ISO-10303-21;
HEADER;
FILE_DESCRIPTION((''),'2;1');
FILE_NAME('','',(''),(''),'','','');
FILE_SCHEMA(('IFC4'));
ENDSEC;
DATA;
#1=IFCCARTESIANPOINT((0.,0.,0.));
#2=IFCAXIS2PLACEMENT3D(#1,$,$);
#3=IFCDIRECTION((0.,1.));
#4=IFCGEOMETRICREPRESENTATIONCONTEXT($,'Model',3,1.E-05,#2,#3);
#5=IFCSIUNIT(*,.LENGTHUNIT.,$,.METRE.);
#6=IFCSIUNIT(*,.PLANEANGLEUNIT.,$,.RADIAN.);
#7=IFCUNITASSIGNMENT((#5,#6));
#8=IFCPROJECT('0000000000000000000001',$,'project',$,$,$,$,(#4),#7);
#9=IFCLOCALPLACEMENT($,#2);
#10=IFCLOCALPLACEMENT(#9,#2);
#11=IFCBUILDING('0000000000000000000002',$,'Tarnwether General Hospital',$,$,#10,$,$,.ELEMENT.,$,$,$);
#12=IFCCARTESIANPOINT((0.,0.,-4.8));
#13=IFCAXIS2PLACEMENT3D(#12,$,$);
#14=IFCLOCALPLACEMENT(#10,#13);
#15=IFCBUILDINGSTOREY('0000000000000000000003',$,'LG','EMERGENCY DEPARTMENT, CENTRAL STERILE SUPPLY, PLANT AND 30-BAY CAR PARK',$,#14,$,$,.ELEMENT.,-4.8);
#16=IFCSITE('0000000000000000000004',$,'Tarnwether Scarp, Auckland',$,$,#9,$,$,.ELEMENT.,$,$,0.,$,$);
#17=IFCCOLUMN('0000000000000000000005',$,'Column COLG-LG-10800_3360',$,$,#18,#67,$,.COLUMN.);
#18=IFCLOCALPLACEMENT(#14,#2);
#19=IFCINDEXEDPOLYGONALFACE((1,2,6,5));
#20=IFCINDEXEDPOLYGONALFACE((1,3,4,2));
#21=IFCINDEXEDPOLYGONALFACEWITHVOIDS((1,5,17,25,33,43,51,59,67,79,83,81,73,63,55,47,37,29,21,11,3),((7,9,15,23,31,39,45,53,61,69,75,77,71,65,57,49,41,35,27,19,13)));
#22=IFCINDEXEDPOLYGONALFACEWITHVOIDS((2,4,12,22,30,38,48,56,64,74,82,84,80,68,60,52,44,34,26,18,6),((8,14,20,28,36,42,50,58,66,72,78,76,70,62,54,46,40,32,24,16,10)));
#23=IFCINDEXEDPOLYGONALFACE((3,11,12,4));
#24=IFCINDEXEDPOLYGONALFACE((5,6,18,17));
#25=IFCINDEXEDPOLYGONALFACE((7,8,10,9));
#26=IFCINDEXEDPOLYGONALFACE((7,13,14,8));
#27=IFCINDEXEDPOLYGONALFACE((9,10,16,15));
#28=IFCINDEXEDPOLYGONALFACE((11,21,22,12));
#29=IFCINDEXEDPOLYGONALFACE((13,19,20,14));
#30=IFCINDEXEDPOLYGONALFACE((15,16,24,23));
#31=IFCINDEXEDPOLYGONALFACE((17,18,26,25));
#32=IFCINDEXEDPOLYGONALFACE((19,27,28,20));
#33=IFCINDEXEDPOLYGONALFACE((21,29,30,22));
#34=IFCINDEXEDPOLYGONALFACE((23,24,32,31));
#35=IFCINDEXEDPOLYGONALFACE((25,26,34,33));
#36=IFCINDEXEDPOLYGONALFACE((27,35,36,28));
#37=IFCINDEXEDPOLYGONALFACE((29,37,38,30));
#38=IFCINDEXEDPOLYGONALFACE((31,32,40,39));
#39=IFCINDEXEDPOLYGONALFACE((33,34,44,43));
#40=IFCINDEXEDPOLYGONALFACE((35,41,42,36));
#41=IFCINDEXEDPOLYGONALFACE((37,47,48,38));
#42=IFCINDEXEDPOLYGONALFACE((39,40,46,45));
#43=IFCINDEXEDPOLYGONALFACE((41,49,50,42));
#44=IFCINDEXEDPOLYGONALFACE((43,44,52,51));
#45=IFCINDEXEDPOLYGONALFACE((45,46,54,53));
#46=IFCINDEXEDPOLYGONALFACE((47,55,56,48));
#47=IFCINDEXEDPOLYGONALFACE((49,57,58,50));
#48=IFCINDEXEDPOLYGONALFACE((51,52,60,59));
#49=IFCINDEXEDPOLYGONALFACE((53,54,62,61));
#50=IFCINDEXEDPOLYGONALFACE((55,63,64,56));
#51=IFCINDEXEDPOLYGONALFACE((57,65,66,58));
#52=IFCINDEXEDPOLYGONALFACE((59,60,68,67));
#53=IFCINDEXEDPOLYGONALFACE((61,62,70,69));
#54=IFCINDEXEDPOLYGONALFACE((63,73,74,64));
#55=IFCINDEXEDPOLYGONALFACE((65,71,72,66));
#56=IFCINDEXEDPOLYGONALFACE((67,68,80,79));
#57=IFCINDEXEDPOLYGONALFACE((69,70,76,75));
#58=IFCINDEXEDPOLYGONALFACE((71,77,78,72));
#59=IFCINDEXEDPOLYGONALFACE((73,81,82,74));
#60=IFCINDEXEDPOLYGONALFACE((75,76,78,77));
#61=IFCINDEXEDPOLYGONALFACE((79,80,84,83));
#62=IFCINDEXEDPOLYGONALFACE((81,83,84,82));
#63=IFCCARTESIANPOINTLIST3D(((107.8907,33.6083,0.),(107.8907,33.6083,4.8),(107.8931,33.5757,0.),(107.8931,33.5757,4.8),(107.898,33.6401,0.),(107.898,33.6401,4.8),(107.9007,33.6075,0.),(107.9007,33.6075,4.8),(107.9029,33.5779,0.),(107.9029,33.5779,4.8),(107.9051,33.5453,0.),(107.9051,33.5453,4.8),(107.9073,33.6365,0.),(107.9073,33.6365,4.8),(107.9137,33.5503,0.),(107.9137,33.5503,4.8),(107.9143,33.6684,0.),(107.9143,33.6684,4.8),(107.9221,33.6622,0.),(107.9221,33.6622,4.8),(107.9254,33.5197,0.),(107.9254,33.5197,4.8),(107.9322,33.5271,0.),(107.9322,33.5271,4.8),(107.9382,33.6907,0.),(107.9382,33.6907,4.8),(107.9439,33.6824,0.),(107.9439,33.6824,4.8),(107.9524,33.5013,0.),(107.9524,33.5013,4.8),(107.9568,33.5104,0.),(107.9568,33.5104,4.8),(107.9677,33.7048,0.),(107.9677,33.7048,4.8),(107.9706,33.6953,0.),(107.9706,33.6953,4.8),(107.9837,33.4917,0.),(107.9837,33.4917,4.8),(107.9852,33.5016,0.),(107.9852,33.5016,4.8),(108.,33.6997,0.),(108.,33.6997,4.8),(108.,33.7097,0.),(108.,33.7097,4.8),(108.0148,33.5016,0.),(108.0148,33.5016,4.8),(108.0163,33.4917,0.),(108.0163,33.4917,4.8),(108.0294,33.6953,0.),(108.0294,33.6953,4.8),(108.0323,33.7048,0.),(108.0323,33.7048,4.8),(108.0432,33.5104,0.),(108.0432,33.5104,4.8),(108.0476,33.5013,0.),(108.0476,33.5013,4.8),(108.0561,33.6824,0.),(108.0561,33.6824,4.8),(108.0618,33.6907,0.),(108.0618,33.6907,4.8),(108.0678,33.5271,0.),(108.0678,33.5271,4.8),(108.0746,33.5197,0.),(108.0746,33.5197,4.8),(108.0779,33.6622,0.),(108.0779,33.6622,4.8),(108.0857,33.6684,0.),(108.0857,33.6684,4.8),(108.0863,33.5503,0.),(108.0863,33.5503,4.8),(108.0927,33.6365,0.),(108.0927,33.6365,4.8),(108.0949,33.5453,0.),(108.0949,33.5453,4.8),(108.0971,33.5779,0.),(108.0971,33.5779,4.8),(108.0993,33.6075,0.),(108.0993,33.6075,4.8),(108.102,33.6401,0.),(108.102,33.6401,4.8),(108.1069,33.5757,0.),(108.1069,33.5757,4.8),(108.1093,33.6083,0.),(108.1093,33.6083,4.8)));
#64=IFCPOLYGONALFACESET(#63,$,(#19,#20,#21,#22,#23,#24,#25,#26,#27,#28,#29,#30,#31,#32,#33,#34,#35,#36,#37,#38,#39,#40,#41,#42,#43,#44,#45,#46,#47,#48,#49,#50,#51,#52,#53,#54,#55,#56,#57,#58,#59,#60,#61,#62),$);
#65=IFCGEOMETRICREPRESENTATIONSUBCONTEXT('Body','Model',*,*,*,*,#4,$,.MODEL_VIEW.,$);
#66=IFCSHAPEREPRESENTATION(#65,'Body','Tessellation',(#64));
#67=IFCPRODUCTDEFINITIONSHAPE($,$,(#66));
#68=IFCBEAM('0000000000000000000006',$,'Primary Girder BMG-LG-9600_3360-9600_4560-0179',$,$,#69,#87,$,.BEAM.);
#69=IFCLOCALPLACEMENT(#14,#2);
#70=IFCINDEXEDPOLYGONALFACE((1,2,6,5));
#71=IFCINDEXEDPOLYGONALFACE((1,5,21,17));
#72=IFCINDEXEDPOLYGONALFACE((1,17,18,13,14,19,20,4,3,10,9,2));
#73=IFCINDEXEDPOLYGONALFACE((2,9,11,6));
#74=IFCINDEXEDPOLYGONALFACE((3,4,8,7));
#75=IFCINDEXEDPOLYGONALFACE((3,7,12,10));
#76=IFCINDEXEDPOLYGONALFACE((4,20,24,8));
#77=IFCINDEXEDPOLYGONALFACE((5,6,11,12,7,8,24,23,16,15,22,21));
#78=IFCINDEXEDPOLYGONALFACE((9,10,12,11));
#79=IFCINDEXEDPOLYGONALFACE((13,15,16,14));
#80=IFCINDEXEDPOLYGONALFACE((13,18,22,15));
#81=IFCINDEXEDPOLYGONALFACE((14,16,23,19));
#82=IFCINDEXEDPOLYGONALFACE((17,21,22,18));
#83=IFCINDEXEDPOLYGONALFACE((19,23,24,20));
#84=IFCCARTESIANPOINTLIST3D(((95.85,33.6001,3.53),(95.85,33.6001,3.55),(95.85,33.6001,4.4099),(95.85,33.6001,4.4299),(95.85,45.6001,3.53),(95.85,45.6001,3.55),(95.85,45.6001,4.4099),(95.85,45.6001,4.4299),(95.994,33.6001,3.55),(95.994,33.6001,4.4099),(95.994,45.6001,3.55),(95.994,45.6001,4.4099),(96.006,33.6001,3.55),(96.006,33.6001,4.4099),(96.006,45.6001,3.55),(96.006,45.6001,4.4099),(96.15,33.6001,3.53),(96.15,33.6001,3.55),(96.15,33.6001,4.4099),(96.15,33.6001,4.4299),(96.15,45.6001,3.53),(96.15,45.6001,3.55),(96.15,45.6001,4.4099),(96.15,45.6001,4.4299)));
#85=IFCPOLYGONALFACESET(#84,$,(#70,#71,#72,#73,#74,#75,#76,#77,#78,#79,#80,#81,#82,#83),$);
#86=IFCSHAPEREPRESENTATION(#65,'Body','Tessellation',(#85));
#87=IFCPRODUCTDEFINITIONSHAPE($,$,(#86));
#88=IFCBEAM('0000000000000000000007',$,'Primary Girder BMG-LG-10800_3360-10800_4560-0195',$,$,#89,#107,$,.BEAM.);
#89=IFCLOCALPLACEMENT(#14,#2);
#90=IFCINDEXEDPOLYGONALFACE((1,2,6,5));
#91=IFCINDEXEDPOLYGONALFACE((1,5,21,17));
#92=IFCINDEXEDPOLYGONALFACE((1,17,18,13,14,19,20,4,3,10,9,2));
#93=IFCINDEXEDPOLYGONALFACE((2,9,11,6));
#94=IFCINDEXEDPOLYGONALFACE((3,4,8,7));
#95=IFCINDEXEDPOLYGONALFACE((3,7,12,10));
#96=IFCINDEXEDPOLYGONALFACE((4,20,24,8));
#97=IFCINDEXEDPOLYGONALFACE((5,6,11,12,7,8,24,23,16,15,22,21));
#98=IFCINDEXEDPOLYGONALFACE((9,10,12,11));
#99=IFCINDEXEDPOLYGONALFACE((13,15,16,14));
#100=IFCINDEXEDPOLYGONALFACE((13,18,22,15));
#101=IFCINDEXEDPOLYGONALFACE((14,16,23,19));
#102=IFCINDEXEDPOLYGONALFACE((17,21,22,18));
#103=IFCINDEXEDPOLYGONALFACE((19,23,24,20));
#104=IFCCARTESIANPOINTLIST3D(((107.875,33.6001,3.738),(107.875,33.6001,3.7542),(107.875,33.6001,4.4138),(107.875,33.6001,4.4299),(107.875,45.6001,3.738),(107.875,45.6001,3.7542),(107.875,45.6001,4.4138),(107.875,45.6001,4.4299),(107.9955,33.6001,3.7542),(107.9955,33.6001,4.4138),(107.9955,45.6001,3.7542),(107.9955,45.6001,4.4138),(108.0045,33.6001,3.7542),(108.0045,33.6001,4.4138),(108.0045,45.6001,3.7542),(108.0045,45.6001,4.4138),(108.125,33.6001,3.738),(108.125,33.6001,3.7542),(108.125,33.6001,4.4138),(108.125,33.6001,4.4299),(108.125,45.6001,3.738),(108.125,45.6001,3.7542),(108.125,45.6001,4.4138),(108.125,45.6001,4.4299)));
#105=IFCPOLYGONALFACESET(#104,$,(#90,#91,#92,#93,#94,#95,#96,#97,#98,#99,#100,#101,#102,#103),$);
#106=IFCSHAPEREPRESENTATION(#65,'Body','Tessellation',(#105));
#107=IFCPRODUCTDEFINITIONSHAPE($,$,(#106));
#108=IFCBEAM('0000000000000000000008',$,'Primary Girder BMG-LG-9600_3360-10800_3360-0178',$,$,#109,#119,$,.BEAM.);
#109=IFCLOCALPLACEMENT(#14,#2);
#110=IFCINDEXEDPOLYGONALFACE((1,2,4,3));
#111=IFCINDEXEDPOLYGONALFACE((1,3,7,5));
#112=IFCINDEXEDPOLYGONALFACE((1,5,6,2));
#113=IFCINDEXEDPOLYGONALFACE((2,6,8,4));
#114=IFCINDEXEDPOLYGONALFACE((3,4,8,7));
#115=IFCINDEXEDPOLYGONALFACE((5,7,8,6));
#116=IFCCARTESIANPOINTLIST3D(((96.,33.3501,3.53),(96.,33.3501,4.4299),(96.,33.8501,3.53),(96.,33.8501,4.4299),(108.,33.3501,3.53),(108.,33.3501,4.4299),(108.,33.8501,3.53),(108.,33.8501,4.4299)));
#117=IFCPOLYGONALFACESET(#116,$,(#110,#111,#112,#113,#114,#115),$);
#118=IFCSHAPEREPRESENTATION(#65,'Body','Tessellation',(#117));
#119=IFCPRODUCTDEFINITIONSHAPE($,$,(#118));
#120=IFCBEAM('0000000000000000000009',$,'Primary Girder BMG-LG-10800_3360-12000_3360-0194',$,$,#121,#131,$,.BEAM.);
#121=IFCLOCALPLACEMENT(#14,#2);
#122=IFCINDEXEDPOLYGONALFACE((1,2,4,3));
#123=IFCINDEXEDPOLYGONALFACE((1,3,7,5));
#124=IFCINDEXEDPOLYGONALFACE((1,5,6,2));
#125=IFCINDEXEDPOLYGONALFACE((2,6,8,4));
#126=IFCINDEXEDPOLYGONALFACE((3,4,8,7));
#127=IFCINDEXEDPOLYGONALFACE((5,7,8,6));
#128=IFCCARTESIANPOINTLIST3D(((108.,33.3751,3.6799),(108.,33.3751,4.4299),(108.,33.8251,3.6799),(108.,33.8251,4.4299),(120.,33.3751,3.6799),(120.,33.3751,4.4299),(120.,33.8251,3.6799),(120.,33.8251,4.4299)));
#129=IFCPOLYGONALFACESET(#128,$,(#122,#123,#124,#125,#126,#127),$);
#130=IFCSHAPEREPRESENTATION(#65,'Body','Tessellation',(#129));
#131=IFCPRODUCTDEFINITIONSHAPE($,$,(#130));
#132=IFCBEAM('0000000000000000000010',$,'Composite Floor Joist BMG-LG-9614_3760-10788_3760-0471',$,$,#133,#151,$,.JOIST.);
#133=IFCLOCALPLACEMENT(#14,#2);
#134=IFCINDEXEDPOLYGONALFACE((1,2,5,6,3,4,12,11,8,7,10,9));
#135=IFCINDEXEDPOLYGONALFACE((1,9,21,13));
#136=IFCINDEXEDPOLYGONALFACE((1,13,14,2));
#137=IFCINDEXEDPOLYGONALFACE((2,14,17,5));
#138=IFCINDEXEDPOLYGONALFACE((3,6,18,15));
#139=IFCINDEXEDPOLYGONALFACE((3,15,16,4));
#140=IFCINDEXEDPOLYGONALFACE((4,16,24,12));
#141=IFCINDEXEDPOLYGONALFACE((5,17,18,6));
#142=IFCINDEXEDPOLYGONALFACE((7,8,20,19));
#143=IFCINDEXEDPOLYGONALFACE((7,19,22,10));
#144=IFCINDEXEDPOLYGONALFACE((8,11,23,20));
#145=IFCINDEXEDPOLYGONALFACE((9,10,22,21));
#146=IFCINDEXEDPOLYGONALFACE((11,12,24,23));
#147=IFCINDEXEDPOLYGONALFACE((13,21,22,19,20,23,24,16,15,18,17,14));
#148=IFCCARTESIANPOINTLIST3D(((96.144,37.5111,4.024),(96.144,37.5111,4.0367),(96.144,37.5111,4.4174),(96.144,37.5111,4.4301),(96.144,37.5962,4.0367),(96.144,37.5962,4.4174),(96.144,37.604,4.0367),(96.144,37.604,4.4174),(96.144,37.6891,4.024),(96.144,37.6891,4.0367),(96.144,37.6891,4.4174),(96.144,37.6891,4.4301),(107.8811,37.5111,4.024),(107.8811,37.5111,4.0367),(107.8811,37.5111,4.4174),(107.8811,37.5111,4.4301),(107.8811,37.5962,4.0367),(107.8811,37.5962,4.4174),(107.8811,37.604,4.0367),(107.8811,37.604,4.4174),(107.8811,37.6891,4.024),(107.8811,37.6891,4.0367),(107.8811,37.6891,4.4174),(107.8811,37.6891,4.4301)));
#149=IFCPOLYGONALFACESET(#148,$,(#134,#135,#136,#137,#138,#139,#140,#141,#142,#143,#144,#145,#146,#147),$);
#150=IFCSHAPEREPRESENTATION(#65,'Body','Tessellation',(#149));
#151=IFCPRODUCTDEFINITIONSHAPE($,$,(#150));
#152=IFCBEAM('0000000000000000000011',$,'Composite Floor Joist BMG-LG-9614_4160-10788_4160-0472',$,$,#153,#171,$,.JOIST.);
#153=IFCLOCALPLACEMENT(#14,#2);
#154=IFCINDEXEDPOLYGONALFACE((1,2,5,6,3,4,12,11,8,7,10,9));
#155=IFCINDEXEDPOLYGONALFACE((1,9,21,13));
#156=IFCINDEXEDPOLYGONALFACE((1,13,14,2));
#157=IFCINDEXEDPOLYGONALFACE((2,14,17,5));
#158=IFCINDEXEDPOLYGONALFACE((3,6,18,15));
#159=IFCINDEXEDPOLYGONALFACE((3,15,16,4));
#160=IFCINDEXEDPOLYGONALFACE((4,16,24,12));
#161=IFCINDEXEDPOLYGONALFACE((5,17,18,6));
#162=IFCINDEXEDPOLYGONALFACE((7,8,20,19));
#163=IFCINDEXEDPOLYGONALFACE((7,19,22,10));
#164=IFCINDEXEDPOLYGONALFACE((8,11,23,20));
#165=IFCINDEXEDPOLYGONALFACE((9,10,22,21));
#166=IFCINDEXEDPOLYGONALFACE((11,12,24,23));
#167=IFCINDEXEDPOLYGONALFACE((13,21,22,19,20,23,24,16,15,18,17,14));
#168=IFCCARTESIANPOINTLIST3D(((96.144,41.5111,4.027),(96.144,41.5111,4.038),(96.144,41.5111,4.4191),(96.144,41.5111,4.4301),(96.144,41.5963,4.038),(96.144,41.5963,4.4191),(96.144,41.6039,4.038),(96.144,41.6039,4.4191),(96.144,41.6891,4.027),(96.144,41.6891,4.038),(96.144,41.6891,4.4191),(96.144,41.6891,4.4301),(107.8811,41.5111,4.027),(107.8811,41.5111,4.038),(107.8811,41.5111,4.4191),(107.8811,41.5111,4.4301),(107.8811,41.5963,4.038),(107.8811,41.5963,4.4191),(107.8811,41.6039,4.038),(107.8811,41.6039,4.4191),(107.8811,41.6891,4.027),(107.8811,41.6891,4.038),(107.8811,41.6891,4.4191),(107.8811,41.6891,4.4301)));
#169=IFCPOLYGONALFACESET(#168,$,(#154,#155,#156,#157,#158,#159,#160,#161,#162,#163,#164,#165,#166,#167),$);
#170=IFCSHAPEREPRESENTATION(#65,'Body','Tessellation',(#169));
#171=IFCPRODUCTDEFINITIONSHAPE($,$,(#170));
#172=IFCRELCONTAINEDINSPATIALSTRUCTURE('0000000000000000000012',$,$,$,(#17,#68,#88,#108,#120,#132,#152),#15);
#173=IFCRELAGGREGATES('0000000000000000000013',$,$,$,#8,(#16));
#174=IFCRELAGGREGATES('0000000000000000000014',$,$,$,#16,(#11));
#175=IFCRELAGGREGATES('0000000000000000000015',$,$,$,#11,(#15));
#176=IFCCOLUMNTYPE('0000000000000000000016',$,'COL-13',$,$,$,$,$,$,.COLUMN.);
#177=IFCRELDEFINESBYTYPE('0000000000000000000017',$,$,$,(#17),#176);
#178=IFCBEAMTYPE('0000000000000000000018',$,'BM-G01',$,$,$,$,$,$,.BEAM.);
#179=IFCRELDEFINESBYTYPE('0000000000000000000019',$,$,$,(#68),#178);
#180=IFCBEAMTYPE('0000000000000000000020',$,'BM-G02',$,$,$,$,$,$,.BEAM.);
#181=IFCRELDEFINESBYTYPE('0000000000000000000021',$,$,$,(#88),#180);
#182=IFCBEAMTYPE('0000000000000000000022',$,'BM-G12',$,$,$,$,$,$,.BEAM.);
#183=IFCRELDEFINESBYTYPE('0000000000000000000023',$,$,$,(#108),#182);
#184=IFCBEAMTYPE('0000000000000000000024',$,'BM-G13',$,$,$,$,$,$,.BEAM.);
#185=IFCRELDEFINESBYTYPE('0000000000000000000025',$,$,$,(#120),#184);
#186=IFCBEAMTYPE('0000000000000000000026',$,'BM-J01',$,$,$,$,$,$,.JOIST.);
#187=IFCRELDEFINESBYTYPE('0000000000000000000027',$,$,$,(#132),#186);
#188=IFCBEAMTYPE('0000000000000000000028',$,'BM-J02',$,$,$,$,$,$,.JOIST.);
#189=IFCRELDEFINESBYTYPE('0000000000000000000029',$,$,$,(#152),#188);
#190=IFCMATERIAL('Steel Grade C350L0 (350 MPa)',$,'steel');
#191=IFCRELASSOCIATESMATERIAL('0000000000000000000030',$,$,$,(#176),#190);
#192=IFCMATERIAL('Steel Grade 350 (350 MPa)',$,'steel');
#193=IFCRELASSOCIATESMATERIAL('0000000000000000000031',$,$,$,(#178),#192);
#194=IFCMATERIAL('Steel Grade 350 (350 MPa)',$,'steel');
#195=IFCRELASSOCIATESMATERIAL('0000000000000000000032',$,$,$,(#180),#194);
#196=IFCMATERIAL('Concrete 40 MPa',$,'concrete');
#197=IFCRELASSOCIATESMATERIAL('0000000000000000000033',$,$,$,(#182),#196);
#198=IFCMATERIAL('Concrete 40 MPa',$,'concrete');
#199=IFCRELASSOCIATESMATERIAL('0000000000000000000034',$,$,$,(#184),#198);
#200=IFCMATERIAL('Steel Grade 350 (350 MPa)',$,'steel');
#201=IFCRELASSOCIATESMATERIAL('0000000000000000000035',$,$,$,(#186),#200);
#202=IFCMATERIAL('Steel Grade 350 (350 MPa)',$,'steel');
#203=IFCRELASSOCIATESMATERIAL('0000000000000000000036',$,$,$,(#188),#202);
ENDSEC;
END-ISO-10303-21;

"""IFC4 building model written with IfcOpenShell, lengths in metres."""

from ifc_helpers import new_model, si_unit, direction, frame, origin, origin_2d, place, context, subcontext, project, spatial, rectangle, hollow_circle, i_section, extrude, material, material_profile, profile_set, type_object, element, save


model = new_model("IFC4")

# Units and contexts
model_context = context("Model", 3, precision=1e-05, world=origin(), true_north=direction((0.0, 1.0)))
body_context = subcontext(model_context, "Body", "Model", "MODEL_VIEW")
ifc_project = project(units=[si_unit("LENGTHUNIT", "METRE"), si_unit("PLANEANGLEUNIT", "RADIAN")], contexts=[model_context])

# Site, building, storey
site_placement = place(None, origin())
site = spatial("IfcSite", under=ifc_project, at=site_placement, Name="Tarnwether Scarp, Auckland", CompositionType="ELEMENT", RefElevation=0.0)
building_placement = place(site_placement, origin())
building = spatial("IfcBuilding", under=site, at=building_placement, Name="Tarnwether General Hospital", CompositionType="ELEMENT")
storey_placement = place(building_placement, frame((0.0, 0.0, -4.8)))
storey = spatial("IfcBuildingStorey", under=building, at=storey_placement, Name="LG", Description="EMERGENCY DEPARTMENT, CENTRAL STERILE SUPPLY, PLANT AND 30-BAY CAR PARK", CompositionType="ELEMENT", Elevation=-4.8)

# Column
ifc_material_1 = material(Name="Steel Grade C350L0 (350 MPa)", Category="steel")
ifc_material_profile_1 = material_profile(ifc_material_1, hollow_circle(Radius=0.1096, WallThickness=0.01, at=origin_2d()), Name="CHS219.1x10.0")
ifc_profile_set_1 = profile_set([ifc_material_profile_1], Name="Steel Grade C350L0 (350 MPa)")
column_type_1 = type_object("IfcColumnType", Name="COL-13", PredefinedType="COLUMN", material=ifc_profile_set_1)
column_1_placement = place(storey_placement, frame((108.0, 33.6001, 0.0), z_axis=(0.0, 0.0, 1.0), x_axis=(0.0, 1.0, 0.0)))
element("IfcColumn", 1, at=column_1_placement, inside=storey, type_object=column_type_1, Name="Column COLG-LG-10800_3360", PredefinedType="COLUMN", context=body_context, shape_type="SweptSolid", body=[
    extrude(hollow_circle(Radius=0.1096, WallThickness=0.01, at=origin_2d()), origin(), (0.0, 0.0, 1.0), 4.8),
])

# Beams
ifc_material_2 = material(Name="Steel Grade 350 (350 MPa)", Category="steel")
ifc_material_profile_2 = material_profile(ifc_material_2, i_section(OverallWidth=0.3, OverallDepth=0.8999, WebThickness=0.012, FlangeThickness=0.02, at=origin_2d()), Name="900WB175")
ifc_profile_set_2 = profile_set([ifc_material_profile_2], Name="Steel Grade 350 (350 MPa)")
beam_type_1 = type_object("IfcBeamType", Name="BM-G01", PredefinedType="BEAM", material=ifc_profile_set_2)
beam_1_placement = place(storey_placement, frame((96.0, 33.6001, 3.98), z_axis=(0.0, 1.0, 0.0), x_axis=(-1.0, 0.0, 0.0)))
element("IfcBeam", 2, at=beam_1_placement, inside=storey, type_object=beam_type_1, Name="Primary Girder BMG-LG-9600_3360-9600_4560-0179", PredefinedType="BEAM", context=body_context, shape_type="SweptSolid", body=[
    extrude(i_section(OverallWidth=0.3, OverallDepth=0.8999, WebThickness=0.012, FlangeThickness=0.02, at=origin_2d()), origin(), (0.0, 0.0, 1.0), 12.0),
])
ifc_material_3 = material(Name="Steel Grade 350 (350 MPa)", Category="steel")
ifc_material_profile_3 = material_profile(ifc_material_3, i_section(OverallWidth=0.25, OverallDepth=0.6919, WebThickness=0.009, FlangeThickness=0.0161, at=origin_2d()), Name="700WB115")
ifc_profile_set_3 = profile_set([ifc_material_profile_3], Name="Steel Grade 350 (350 MPa)")
beam_type_2 = type_object("IfcBeamType", Name="BM-G02", PredefinedType="BEAM", material=ifc_profile_set_3)
beam_2_placement = place(storey_placement, frame((108.0, 33.6001, 4.084), z_axis=(0.0, 1.0, 0.0), x_axis=(-1.0, 0.0, 0.0)))
element("IfcBeam", 3, at=beam_2_placement, inside=storey, type_object=beam_type_2, Name="Primary Girder BMG-LG-10800_3360-10800_4560-0195", PredefinedType="BEAM", context=body_context, shape_type="SweptSolid", body=[
    extrude(i_section(OverallWidth=0.25, OverallDepth=0.6919, WebThickness=0.009, FlangeThickness=0.0161, at=origin_2d()), origin(), (0.0, 0.0, 1.0), 12.0),
])
ifc_material_4 = material(Name="Concrete 40 MPa", Category="concrete")
ifc_material_profile_4 = material_profile(ifc_material_4, rectangle(XDim=0.5, YDim=0.8999, at=origin_2d()), Name="RC-BM-500x900")
ifc_profile_set_4 = profile_set([ifc_material_profile_4], Name="Concrete 40 MPa")
beam_type_3 = type_object("IfcBeamType", Name="BM-G12", PredefinedType="BEAM", material=ifc_profile_set_4)
beam_3_placement = place(storey_placement, frame((96.0, 33.6001, 3.98), z_axis=(1.0, 0.0, 0.0), x_axis=(0.0, 1.0, 0.0)))
element("IfcBeam", 4, at=beam_3_placement, inside=storey, type_object=beam_type_3, Name="Primary Girder BMG-LG-9600_3360-10800_3360-0178", PredefinedType="BEAM", context=body_context, shape_type="SweptSolid", body=[
    extrude(rectangle(XDim=0.5, YDim=0.8999, at=origin_2d()), origin(), (0.0, 0.0, 1.0), 12.0),
])
ifc_material_5 = material(Name="Concrete 40 MPa", Category="concrete")
ifc_material_profile_5 = material_profile(ifc_material_5, rectangle(XDim=0.45, YDim=0.75, at=origin_2d()), Name="RC-BM-450x750")
ifc_profile_set_5 = profile_set([ifc_material_profile_5], Name="Concrete 40 MPa")
beam_type_4 = type_object("IfcBeamType", Name="BM-G13", PredefinedType="BEAM", material=ifc_profile_set_5)
beam_4_placement = place(storey_placement, frame((108.0, 33.6001, 4.0549), z_axis=(1.0, 0.0, 0.0), x_axis=(0.0, 1.0, 0.0)))
element("IfcBeam", 5, at=beam_4_placement, inside=storey, type_object=beam_type_4, Name="Primary Girder BMG-LG-10800_3360-12000_3360-0194", PredefinedType="BEAM", context=body_context, shape_type="SweptSolid", body=[
    extrude(rectangle(XDim=0.45, YDim=0.75, at=origin_2d()), origin(), (0.0, 0.0, 1.0), 12.0),
])
ifc_material_6 = material(Name="Steel Grade 350 (350 MPa)", Category="steel")
ifc_material_profile_6 = material_profile(ifc_material_6, i_section(OverallWidth=0.178, OverallDepth=0.406, WebThickness=0.0078, FlangeThickness=0.0127, at=origin_2d()), Name="410UB59.7")
ifc_profile_set_6 = profile_set([ifc_material_profile_6], Name="Steel Grade 350 (350 MPa)")
beam_type_5 = type_object("IfcBeamType", Name="BM-J01", PredefinedType="JOIST", material=ifc_profile_set_6)
beam_5_placement = place(storey_placement, frame((96.144, 37.6001, 4.2271), z_axis=(1.0, 0.0, 0.0), x_axis=(0.0, 1.0, 0.0)))
element("IfcBeam", 6, at=beam_5_placement, inside=storey, type_object=beam_type_5, Name="Composite Floor Joist BMG-LG-9614_3760-10788_3760-0471", PredefinedType="JOIST", context=body_context, shape_type="SweptSolid", body=[
    extrude(i_section(OverallWidth=0.178, OverallDepth=0.406, WebThickness=0.0078, FlangeThickness=0.0127, at=origin_2d()), origin(), (0.0, 0.0, 1.0), 11.7371),
])
ifc_material_7 = material(Name="Steel Grade 350 (350 MPa)", Category="steel")
ifc_material_profile_7 = material_profile(ifc_material_7, i_section(OverallWidth=0.178, OverallDepth=0.4031, WebThickness=0.0076, FlangeThickness=0.011, at=origin_2d()), Name="410UB53.7")
ifc_profile_set_7 = profile_set([ifc_material_profile_7], Name="Steel Grade 350 (350 MPa)")
beam_type_6 = type_object("IfcBeamType", Name="BM-J02", PredefinedType="JOIST", material=ifc_profile_set_7)
beam_6_placement = place(storey_placement, frame((96.144, 41.6001, 4.2285), z_axis=(1.0, 0.0, 0.0), x_axis=(0.0, 1.0, 0.0)))
element("IfcBeam", 7, at=beam_6_placement, inside=storey, type_object=beam_type_6, Name="Composite Floor Joist BMG-LG-9614_4160-10788_4160-0472", PredefinedType="JOIST", context=body_context, shape_type="SweptSolid", body=[
    extrude(i_section(OverallWidth=0.178, OverallDepth=0.4031, WebThickness=0.0076, FlangeThickness=0.011, at=origin_2d()), origin(), (0.0, 0.0, 1.0), 11.7371),
])

save(model, "model.ifc")
